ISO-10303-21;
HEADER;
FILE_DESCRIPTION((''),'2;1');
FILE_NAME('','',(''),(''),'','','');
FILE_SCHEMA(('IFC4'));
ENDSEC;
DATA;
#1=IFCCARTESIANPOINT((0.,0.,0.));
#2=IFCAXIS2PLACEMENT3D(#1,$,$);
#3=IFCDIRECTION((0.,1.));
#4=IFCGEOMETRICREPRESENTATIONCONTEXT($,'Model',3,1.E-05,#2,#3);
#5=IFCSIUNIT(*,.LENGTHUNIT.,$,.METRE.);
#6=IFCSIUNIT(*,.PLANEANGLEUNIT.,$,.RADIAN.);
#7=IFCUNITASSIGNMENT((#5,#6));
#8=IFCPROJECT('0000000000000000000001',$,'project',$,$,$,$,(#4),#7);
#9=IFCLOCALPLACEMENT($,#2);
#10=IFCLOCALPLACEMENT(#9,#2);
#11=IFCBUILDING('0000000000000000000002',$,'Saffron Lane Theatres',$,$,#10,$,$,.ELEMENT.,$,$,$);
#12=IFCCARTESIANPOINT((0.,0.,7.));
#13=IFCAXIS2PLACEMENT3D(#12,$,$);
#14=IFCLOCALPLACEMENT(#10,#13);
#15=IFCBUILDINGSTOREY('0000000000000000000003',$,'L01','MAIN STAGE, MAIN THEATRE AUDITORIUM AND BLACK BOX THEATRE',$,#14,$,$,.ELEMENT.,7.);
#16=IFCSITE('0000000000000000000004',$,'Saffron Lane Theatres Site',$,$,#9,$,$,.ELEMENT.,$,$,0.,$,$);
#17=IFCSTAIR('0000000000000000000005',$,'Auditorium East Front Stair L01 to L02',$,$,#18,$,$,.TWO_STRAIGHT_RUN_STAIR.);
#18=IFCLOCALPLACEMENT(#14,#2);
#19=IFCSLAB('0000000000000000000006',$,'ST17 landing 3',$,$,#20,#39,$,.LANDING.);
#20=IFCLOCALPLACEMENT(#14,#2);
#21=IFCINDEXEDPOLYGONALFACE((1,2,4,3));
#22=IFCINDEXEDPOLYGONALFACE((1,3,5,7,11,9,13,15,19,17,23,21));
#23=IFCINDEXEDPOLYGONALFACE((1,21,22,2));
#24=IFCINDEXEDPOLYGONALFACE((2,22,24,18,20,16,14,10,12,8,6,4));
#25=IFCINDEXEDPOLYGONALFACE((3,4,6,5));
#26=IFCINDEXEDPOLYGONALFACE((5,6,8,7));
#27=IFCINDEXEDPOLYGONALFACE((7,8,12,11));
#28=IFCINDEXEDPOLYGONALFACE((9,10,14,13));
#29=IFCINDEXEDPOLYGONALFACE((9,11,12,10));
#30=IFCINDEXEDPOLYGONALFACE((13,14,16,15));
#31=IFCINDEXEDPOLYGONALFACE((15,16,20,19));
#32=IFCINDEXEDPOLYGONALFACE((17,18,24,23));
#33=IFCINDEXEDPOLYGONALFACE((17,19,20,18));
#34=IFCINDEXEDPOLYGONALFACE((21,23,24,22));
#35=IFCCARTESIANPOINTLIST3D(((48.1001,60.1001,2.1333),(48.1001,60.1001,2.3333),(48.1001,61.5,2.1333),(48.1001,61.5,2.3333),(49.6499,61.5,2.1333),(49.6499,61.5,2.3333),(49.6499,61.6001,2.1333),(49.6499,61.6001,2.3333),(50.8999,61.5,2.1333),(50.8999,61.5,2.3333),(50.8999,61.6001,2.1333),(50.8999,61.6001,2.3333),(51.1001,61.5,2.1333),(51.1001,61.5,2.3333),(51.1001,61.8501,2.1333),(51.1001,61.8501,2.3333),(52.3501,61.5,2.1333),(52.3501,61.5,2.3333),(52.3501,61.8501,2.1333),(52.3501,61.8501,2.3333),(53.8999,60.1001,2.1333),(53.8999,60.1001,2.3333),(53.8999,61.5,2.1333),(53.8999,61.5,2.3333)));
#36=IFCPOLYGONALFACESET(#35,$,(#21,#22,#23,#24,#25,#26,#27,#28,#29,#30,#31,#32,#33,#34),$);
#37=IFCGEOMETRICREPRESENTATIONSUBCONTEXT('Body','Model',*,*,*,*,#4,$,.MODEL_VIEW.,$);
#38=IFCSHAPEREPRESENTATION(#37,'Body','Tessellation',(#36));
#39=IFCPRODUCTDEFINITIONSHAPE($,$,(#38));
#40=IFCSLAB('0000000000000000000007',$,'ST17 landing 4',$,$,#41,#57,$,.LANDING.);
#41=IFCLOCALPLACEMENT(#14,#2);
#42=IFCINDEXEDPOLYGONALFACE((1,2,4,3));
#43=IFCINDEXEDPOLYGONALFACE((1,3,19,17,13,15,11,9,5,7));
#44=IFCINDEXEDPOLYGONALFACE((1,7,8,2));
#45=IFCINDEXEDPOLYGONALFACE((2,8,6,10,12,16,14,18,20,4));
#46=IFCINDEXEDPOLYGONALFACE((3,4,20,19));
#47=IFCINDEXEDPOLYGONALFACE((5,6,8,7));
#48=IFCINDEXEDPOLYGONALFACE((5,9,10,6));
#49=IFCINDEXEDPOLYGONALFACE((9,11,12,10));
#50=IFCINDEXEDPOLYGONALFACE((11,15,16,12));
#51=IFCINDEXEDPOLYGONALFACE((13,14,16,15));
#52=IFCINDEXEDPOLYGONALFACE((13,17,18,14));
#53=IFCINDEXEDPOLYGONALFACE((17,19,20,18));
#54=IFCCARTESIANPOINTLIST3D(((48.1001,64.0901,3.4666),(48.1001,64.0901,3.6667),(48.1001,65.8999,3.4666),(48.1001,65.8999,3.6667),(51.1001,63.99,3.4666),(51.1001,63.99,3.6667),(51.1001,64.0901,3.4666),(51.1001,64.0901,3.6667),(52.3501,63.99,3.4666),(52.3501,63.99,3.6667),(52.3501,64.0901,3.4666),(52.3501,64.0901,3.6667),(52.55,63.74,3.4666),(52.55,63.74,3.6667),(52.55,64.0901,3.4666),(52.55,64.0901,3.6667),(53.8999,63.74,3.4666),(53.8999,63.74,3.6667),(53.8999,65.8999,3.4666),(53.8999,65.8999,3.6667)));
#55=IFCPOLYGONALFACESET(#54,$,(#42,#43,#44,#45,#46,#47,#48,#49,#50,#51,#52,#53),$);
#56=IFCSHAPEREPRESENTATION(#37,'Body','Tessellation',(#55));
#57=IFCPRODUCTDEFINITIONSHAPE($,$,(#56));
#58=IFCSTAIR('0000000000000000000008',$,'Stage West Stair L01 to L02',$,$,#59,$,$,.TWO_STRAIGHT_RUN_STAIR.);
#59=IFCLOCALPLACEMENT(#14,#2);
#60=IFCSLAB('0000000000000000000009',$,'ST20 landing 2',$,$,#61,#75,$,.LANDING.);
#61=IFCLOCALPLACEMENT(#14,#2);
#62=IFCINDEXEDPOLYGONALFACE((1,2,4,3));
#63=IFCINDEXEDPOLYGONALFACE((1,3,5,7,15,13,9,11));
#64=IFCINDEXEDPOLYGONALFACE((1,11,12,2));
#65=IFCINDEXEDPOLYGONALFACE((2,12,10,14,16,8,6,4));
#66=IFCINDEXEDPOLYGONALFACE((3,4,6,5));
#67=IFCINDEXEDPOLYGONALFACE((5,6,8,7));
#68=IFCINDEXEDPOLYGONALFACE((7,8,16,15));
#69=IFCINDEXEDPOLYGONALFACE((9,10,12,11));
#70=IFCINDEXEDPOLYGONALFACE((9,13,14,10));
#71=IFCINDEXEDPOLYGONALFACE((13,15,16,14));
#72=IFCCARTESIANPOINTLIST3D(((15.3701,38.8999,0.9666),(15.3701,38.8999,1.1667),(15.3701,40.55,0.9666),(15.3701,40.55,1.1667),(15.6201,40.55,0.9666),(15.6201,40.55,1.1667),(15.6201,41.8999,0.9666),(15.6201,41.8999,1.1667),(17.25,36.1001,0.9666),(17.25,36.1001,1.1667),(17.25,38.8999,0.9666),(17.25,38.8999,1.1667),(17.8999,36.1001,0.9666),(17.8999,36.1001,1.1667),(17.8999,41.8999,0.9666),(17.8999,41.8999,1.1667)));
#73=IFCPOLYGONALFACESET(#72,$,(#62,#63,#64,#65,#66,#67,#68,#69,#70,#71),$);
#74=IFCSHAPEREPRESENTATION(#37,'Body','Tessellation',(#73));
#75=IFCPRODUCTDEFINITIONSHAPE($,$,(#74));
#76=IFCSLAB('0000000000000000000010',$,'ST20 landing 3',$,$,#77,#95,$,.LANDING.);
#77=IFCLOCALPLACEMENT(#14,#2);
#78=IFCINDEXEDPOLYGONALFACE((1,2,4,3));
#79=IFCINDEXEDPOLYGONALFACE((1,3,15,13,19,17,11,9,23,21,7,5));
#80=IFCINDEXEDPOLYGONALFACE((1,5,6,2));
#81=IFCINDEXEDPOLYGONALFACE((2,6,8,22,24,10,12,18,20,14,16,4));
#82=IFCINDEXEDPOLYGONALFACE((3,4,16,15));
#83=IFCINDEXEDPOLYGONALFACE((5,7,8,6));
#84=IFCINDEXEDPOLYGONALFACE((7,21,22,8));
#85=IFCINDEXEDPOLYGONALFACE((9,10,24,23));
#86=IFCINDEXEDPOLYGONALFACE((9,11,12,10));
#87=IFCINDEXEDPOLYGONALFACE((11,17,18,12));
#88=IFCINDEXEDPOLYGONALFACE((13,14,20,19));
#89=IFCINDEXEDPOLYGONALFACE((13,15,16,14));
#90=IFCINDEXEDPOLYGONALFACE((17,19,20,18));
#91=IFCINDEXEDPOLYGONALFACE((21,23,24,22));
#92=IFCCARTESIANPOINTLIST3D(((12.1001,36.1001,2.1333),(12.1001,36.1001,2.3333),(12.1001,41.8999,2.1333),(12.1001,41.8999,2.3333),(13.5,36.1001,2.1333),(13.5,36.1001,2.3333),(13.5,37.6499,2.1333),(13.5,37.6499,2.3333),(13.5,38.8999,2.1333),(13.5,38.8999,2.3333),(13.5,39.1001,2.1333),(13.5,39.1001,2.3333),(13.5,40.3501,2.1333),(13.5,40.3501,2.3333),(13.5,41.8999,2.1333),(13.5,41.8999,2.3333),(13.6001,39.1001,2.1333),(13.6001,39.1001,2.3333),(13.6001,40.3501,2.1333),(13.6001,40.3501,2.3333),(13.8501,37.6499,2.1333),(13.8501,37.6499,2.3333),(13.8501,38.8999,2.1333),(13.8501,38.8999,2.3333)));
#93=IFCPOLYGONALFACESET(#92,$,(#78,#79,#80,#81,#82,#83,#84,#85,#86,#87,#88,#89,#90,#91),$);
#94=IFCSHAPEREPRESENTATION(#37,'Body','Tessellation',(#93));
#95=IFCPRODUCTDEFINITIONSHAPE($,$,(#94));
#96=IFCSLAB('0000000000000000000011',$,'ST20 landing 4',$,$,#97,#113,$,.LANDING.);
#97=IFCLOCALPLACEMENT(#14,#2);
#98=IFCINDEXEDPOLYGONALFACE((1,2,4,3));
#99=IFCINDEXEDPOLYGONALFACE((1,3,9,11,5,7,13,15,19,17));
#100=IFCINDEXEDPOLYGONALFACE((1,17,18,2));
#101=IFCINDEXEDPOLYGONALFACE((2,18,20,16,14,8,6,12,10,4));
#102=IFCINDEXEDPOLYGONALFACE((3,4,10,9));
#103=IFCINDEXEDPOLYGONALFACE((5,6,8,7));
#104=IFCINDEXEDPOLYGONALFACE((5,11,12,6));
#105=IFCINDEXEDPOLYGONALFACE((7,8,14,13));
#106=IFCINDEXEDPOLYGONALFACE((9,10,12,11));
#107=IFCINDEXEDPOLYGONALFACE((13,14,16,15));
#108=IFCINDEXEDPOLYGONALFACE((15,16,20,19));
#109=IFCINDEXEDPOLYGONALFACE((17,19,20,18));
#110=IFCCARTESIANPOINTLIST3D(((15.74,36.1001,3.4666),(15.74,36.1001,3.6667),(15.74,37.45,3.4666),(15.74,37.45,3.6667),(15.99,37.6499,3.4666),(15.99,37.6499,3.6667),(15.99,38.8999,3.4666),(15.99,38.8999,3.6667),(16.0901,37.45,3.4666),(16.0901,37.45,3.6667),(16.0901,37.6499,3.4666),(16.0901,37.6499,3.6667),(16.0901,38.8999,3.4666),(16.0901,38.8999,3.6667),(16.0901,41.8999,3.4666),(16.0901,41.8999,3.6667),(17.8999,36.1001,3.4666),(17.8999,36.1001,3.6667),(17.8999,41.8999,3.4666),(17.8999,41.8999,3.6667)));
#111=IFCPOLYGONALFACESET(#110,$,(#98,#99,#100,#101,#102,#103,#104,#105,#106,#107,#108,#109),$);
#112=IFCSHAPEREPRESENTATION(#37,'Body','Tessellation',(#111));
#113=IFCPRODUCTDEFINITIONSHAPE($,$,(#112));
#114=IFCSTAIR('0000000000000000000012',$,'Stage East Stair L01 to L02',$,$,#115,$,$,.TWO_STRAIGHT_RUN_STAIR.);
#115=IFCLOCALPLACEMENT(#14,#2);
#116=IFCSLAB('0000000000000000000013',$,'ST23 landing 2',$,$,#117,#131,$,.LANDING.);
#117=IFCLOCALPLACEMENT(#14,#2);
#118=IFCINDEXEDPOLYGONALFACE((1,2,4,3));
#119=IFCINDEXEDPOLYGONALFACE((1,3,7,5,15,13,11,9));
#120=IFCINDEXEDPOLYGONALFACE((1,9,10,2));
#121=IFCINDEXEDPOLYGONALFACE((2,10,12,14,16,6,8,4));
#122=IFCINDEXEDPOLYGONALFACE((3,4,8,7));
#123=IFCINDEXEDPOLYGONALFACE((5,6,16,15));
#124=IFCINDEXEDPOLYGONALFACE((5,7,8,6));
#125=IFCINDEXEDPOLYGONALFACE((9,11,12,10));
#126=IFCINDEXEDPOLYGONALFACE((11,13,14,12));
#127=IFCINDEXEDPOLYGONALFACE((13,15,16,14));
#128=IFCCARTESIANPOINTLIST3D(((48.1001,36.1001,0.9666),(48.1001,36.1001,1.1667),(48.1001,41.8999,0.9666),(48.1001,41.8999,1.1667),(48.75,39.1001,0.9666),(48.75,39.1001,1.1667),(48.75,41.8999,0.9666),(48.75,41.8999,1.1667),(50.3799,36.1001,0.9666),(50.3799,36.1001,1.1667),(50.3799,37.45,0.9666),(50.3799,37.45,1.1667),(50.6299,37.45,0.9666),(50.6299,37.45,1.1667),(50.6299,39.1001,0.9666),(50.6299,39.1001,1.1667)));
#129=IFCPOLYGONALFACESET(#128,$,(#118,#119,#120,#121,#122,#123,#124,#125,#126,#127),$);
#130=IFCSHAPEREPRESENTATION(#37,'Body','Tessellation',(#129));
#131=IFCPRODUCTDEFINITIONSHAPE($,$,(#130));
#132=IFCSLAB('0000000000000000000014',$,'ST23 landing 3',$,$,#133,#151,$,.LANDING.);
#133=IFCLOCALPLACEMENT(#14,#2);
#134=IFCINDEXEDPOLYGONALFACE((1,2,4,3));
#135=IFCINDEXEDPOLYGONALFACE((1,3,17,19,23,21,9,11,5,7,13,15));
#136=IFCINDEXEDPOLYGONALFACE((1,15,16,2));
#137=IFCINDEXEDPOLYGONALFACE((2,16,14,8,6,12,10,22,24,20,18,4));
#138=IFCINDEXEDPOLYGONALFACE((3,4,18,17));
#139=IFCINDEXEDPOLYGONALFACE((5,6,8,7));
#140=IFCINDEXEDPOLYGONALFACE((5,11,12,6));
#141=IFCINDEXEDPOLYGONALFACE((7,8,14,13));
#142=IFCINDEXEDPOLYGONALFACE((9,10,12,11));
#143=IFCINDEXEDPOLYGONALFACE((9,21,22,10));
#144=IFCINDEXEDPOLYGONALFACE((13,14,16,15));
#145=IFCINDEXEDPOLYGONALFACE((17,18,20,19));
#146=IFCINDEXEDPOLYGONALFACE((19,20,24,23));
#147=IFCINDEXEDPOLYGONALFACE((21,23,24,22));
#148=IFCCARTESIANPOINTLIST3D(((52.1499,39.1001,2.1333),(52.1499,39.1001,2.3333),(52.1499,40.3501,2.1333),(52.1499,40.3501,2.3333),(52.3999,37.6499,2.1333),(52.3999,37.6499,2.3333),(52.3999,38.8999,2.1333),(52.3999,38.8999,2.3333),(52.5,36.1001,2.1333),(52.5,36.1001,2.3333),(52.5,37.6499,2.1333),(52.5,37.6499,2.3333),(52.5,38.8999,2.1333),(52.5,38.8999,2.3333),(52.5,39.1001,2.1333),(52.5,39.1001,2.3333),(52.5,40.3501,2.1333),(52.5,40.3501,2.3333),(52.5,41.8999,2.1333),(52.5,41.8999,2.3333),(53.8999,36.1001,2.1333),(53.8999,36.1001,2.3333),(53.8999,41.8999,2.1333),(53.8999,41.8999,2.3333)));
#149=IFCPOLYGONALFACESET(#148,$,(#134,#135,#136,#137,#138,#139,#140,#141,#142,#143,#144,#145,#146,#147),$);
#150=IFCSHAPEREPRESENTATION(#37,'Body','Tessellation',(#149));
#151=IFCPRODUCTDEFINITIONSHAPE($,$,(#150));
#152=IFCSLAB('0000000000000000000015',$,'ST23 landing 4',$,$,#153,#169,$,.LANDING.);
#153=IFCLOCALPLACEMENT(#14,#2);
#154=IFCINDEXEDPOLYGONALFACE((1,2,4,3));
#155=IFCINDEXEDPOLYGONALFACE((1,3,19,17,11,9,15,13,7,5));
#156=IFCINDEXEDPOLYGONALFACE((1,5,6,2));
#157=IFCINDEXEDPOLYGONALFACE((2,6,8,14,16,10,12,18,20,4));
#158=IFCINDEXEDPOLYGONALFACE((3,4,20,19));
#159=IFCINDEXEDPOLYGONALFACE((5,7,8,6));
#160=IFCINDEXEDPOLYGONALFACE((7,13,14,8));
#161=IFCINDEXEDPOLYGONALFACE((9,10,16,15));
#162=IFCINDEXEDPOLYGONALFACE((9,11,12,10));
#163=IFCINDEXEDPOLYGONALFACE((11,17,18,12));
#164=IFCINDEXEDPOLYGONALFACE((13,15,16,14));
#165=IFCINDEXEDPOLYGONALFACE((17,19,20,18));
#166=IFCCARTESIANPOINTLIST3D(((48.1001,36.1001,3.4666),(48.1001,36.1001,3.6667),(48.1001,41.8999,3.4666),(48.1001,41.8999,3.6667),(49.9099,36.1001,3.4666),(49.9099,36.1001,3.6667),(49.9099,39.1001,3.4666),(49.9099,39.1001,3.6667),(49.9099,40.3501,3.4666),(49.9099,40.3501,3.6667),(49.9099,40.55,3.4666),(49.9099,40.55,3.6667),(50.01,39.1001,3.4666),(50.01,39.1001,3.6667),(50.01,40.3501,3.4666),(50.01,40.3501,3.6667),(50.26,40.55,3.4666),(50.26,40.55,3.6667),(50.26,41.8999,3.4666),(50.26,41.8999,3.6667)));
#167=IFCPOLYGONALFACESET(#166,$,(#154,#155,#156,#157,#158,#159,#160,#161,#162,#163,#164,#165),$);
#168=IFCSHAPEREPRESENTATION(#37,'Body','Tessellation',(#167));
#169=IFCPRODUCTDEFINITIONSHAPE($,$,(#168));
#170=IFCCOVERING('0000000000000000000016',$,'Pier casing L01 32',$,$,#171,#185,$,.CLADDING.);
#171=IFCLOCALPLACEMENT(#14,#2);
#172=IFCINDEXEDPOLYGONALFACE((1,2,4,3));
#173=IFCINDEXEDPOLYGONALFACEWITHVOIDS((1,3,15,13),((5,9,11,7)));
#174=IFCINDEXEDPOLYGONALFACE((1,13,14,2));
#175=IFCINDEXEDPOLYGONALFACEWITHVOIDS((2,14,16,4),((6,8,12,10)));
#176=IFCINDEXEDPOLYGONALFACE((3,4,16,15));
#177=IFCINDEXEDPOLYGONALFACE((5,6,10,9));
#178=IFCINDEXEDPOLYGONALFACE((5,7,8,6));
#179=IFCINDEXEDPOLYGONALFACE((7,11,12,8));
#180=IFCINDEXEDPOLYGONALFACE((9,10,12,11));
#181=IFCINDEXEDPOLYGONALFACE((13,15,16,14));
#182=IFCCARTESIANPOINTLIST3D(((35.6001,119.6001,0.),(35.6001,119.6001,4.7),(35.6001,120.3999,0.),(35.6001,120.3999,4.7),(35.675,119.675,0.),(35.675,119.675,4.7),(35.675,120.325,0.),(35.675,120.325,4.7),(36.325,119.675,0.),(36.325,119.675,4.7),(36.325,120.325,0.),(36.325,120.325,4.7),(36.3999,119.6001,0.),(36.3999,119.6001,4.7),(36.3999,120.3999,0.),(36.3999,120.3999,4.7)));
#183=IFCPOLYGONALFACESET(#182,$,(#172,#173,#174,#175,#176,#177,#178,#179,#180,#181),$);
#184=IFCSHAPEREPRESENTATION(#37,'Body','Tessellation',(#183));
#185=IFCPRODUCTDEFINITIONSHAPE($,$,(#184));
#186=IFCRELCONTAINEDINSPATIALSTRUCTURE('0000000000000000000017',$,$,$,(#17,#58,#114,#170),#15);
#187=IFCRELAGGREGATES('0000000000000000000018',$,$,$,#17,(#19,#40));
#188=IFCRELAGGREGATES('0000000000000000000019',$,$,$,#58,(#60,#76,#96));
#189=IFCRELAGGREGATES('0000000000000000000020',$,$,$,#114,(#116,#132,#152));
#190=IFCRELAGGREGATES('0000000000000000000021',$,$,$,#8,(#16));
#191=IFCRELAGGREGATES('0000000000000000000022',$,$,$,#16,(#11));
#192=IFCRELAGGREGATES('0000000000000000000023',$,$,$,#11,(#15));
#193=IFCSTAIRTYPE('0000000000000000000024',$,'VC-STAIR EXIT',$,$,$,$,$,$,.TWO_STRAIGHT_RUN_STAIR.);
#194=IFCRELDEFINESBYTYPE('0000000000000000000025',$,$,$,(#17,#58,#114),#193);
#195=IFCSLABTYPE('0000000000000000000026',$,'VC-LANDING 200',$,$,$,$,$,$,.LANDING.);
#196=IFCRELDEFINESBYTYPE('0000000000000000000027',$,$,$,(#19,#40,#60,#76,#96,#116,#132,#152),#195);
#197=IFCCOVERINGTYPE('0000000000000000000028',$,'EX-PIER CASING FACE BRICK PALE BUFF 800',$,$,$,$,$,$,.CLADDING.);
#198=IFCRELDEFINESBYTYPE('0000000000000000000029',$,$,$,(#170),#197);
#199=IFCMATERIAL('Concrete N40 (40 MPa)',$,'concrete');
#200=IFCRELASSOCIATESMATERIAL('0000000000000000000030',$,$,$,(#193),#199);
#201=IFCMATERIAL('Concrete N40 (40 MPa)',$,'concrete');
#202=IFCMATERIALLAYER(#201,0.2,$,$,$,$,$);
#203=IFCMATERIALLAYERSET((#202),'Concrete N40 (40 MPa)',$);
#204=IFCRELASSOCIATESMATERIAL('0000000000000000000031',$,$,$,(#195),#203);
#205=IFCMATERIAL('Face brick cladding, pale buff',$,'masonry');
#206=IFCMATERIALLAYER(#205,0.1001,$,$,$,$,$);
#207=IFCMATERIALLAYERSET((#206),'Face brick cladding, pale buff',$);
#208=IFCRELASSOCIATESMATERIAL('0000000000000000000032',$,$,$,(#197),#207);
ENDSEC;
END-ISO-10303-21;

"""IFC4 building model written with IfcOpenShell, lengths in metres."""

from ifc_helpers import new_model, si_unit, direction, frame, origin, place, context, subcontext, project, spatial, polyline, outline, extrude, material, layer, layer_set, type_object, element, aggregate, save


model = new_model("IFC4")

# Units and contexts
model_context = context("Model", 3, precision=1e-05, world=origin(), true_north=direction((0.0, 1.0)))
body_context = subcontext(model_context, "Body", "Model", "MODEL_VIEW")
ifc_project = project(units=[si_unit("LENGTHUNIT", "METRE"), si_unit("PLANEANGLEUNIT", "RADIAN")], contexts=[model_context])

# Site, building, storey
site_placement = place(None, origin())
site = spatial("IfcSite", under=ifc_project, at=site_placement, Name="Saffron Lane Theatres Site", CompositionType="ELEMENT", RefElevation=0.0)
building_placement = place(site_placement, origin())
building = spatial("IfcBuilding", under=site, at=building_placement, Name="Saffron Lane Theatres", CompositionType="ELEMENT")
storey_placement = place(building_placement, frame((0.0, 0.0, 7.0)))
storey = spatial("IfcBuildingStorey", under=building, at=storey_placement, Name="L01", Description="MAIN STAGE, MAIN THEATRE AUDITORIUM AND BLACK BOX THEATRE", CompositionType="ELEMENT", Elevation=7.0)

# Stairs, slabs
ifc_material_1 = material(Name="Concrete N40 (40 MPa)", Category="concrete")
stair_type_1 = type_object("IfcStairType", Name="VC-STAIR EXIT", PredefinedType="TWO_STRAIGHT_RUN_STAIR", material=ifc_material_1)
ifc_material_2 = material(Name="Concrete N40 (40 MPa)", Category="concrete")
ifc_layer_1 = layer(ifc_material_2, 0.2)
ifc_layer_set_1 = layer_set([ifc_layer_1], Name="Concrete N40 (40 MPa)")
slab_type_1 = type_object("IfcSlabType", Name="VC-LANDING 200", PredefinedType="LANDING", material=ifc_layer_set_1)
stair_1_placement = place(storey_placement, origin())
stair_1 = element("IfcStair", 1, at=stair_1_placement, inside=storey, type_object=stair_type_1, Name="Auditorium East Front Stair L01 to L02", PredefinedType="TWO_STRAIGHT_RUN_STAIR")
slab_1_placement = place(storey_placement, frame((0.0, 0.0, 2.1333)))
slab_1 = element("IfcSlab", 2, at=slab_1_placement, type_object=slab_type_1, Name="ST17 landing 3", PredefinedType="LANDING", context=body_context, shape_type="SweptSolid", body=[
    extrude(outline(polyline([(53.8999, 61.5), (53.8999, 60.1001), (48.1001, 60.1001), (48.1001, 61.5), (49.6499, 61.5), (49.6499, 61.6001), (50.8999, 61.6001), (50.8999, 61.5), (51.1001, 61.5), (51.1001, 61.8501), (52.3501, 61.8501), (52.3501, 61.5), (53.8999, 61.5)])), origin(), (0.0, 0.0, 1.0), 0.2),
])
slab_2_placement = place(storey_placement, frame((0.0, 0.0, 3.4666)))
slab_2 = element("IfcSlab", 3, at=slab_2_placement, type_object=slab_type_1, Name="ST17 landing 4", PredefinedType="LANDING", context=body_context, shape_type="SweptSolid", body=[
    extrude(outline(polyline([(52.55, 64.0901), (52.3501, 64.0901), (52.3501, 63.99), (51.1001, 63.99), (51.1001, 64.0901), (48.1001, 64.0901), (48.1001, 65.8999), (53.8999, 65.8999), (53.8999, 63.74), (52.55, 63.74), (52.55, 64.0901)])), origin(), (0.0, 0.0, 1.0), 0.2002),
])
aggregate(stair_1, [slab_1, slab_2])
stair_2_placement = place(storey_placement, origin())
stair_2 = element("IfcStair", 4, at=stair_2_placement, inside=storey, type_object=stair_type_1, Name="Stage West Stair L01 to L02", PredefinedType="TWO_STRAIGHT_RUN_STAIR")
slab_3_placement = place(storey_placement, frame((0.0, 0.0, 0.9666)))
slab_3 = element("IfcSlab", 5, at=slab_3_placement, type_object=slab_type_1, Name="ST20 landing 2", PredefinedType="LANDING", context=body_context, shape_type="SweptSolid", body=[
    extrude(outline(polyline([(15.3701, 38.8999), (15.3701, 40.55), (15.6201, 40.55), (15.6201, 41.8999), (17.8999, 41.8999), (17.8999, 36.1001), (17.25, 36.1001), (17.25, 38.8999), (15.3701, 38.8999)])), origin(), (0.0, 0.0, 1.0), 0.2002),
])
slab_4_placement = place(storey_placement, frame((0.0, 0.0, 2.1333)))
slab_4 = element("IfcSlab", 6, at=slab_4_placement, type_object=slab_type_1, Name="ST20 landing 3", PredefinedType="LANDING", context=body_context, shape_type="SweptSolid", body=[
    extrude(outline(polyline([(13.5, 36.1001), (12.1001, 36.1001), (12.1001, 41.8999), (13.5, 41.8999), (13.5, 40.3501), (13.6001, 40.3501), (13.6001, 39.1001), (13.5, 39.1001), (13.5, 38.8999), (13.8501, 38.8999), (13.8501, 37.6499), (13.5, 37.6499), (13.5, 36.1001)])), origin(), (0.0, 0.0, 1.0), 0.2),
])
slab_5_placement = place(storey_placement, frame((0.0, 0.0, 3.4666)))
slab_5 = element("IfcSlab", 7, at=slab_5_placement, type_object=slab_type_1, Name="ST20 landing 4", PredefinedType="LANDING", context=body_context, shape_type="SweptSolid", body=[
    extrude(outline(polyline([(16.0901, 37.45), (16.0901, 37.6499), (15.99, 37.6499), (15.99, 38.8999), (16.0901, 38.8999), (16.0901, 41.8999), (17.8999, 41.8999), (17.8999, 36.1001), (15.74, 36.1001), (15.74, 37.45), (16.0901, 37.45)])), origin(), (0.0, 0.0, 1.0), 0.2002),
])
aggregate(stair_2, [slab_3, slab_4, slab_5])
stair_3_placement = place(storey_placement, origin())
stair_3 = element("IfcStair", 8, at=stair_3_placement, inside=storey, type_object=stair_type_1, Name="Stage East Stair L01 to L02", PredefinedType="TWO_STRAIGHT_RUN_STAIR")
slab_6_placement = place(storey_placement, frame((0.0, 0.0, 0.9666)))
slab_6 = element("IfcSlab", 9, at=slab_6_placement, type_object=slab_type_1, Name="ST23 landing 2", PredefinedType="LANDING", context=body_context, shape_type="SweptSolid", body=[
    extrude(outline(polyline([(50.6299, 39.1001), (50.6299, 37.45), (50.3799, 37.45), (50.3799, 36.1001), (48.1001, 36.1001), (48.1001, 41.8999), (48.75, 41.8999), (48.75, 39.1001), (50.6299, 39.1001)])), origin(), (0.0, 0.0, 1.0), 0.2002),
])
slab_7_placement = place(storey_placement, frame((0.0, 0.0, 2.1333)))
slab_7 = element("IfcSlab", 10, at=slab_7_placement, type_object=slab_type_1, Name="ST23 landing 3", PredefinedType="LANDING", context=body_context, shape_type="SweptSolid", body=[
    extrude(outline(polyline([(52.5, 41.8999), (53.8999, 41.8999), (53.8999, 36.1001), (52.5, 36.1001), (52.5, 37.6499), (52.3999, 37.6499), (52.3999, 38.8999), (52.5, 38.8999), (52.5, 39.1001), (52.1499, 39.1001), (52.1499, 40.3501), (52.5, 40.3501), (52.5, 41.8999)])), origin(), (0.0, 0.0, 1.0), 0.2),
])
slab_8_placement = place(storey_placement, frame((0.0, 0.0, 3.4666)))
slab_8 = element("IfcSlab", 11, at=slab_8_placement, type_object=slab_type_1, Name="ST23 landing 4", PredefinedType="LANDING", context=body_context, shape_type="SweptSolid", body=[
    extrude(outline(polyline([(49.9099, 40.55), (49.9099, 40.3501), (50.01, 40.3501), (50.01, 39.1001), (49.9099, 39.1001), (49.9099, 36.1001), (48.1001, 36.1001), (48.1001, 41.8999), (50.26, 41.8999), (50.26, 40.55), (49.9099, 40.55)])), origin(), (0.0, 0.0, 1.0), 0.2002),
])
aggregate(stair_3, [slab_6, slab_7, slab_8])

# Covering
ifc_material_3 = material(Name="Face brick cladding, pale buff", Category="masonry")
ifc_layer_2 = layer(ifc_material_3, 0.1001)
ifc_layer_set_2 = layer_set([ifc_layer_2], Name="Face brick cladding, pale buff")
covering_type = type_object("IfcCoveringType", Name="EX-PIER CASING FACE BRICK PALE BUFF 800", PredefinedType="CLADDING", material=ifc_layer_set_2)
covering_1_placement = place(storey_placement, origin())
element("IfcCovering", 12, at=covering_1_placement, inside=storey, type_object=covering_type, Name="Pier casing L01 32", PredefinedType="CLADDING", context=body_context, shape_type="SweptSolid", body=[
    extrude(outline(polyline([(36.3999, 120.3999), (35.6001, 120.3999), (35.6001, 119.6001), (36.3999, 119.6001), (36.3999, 120.3999)]), holes=[polyline([(35.675, 120.325), (36.325, 120.325), (36.325, 119.675), (35.675, 119.675), (35.675, 120.325)])]), origin(), (0.0, 0.0, 1.0), 4.7),
])

save(model, "model.ifc")
